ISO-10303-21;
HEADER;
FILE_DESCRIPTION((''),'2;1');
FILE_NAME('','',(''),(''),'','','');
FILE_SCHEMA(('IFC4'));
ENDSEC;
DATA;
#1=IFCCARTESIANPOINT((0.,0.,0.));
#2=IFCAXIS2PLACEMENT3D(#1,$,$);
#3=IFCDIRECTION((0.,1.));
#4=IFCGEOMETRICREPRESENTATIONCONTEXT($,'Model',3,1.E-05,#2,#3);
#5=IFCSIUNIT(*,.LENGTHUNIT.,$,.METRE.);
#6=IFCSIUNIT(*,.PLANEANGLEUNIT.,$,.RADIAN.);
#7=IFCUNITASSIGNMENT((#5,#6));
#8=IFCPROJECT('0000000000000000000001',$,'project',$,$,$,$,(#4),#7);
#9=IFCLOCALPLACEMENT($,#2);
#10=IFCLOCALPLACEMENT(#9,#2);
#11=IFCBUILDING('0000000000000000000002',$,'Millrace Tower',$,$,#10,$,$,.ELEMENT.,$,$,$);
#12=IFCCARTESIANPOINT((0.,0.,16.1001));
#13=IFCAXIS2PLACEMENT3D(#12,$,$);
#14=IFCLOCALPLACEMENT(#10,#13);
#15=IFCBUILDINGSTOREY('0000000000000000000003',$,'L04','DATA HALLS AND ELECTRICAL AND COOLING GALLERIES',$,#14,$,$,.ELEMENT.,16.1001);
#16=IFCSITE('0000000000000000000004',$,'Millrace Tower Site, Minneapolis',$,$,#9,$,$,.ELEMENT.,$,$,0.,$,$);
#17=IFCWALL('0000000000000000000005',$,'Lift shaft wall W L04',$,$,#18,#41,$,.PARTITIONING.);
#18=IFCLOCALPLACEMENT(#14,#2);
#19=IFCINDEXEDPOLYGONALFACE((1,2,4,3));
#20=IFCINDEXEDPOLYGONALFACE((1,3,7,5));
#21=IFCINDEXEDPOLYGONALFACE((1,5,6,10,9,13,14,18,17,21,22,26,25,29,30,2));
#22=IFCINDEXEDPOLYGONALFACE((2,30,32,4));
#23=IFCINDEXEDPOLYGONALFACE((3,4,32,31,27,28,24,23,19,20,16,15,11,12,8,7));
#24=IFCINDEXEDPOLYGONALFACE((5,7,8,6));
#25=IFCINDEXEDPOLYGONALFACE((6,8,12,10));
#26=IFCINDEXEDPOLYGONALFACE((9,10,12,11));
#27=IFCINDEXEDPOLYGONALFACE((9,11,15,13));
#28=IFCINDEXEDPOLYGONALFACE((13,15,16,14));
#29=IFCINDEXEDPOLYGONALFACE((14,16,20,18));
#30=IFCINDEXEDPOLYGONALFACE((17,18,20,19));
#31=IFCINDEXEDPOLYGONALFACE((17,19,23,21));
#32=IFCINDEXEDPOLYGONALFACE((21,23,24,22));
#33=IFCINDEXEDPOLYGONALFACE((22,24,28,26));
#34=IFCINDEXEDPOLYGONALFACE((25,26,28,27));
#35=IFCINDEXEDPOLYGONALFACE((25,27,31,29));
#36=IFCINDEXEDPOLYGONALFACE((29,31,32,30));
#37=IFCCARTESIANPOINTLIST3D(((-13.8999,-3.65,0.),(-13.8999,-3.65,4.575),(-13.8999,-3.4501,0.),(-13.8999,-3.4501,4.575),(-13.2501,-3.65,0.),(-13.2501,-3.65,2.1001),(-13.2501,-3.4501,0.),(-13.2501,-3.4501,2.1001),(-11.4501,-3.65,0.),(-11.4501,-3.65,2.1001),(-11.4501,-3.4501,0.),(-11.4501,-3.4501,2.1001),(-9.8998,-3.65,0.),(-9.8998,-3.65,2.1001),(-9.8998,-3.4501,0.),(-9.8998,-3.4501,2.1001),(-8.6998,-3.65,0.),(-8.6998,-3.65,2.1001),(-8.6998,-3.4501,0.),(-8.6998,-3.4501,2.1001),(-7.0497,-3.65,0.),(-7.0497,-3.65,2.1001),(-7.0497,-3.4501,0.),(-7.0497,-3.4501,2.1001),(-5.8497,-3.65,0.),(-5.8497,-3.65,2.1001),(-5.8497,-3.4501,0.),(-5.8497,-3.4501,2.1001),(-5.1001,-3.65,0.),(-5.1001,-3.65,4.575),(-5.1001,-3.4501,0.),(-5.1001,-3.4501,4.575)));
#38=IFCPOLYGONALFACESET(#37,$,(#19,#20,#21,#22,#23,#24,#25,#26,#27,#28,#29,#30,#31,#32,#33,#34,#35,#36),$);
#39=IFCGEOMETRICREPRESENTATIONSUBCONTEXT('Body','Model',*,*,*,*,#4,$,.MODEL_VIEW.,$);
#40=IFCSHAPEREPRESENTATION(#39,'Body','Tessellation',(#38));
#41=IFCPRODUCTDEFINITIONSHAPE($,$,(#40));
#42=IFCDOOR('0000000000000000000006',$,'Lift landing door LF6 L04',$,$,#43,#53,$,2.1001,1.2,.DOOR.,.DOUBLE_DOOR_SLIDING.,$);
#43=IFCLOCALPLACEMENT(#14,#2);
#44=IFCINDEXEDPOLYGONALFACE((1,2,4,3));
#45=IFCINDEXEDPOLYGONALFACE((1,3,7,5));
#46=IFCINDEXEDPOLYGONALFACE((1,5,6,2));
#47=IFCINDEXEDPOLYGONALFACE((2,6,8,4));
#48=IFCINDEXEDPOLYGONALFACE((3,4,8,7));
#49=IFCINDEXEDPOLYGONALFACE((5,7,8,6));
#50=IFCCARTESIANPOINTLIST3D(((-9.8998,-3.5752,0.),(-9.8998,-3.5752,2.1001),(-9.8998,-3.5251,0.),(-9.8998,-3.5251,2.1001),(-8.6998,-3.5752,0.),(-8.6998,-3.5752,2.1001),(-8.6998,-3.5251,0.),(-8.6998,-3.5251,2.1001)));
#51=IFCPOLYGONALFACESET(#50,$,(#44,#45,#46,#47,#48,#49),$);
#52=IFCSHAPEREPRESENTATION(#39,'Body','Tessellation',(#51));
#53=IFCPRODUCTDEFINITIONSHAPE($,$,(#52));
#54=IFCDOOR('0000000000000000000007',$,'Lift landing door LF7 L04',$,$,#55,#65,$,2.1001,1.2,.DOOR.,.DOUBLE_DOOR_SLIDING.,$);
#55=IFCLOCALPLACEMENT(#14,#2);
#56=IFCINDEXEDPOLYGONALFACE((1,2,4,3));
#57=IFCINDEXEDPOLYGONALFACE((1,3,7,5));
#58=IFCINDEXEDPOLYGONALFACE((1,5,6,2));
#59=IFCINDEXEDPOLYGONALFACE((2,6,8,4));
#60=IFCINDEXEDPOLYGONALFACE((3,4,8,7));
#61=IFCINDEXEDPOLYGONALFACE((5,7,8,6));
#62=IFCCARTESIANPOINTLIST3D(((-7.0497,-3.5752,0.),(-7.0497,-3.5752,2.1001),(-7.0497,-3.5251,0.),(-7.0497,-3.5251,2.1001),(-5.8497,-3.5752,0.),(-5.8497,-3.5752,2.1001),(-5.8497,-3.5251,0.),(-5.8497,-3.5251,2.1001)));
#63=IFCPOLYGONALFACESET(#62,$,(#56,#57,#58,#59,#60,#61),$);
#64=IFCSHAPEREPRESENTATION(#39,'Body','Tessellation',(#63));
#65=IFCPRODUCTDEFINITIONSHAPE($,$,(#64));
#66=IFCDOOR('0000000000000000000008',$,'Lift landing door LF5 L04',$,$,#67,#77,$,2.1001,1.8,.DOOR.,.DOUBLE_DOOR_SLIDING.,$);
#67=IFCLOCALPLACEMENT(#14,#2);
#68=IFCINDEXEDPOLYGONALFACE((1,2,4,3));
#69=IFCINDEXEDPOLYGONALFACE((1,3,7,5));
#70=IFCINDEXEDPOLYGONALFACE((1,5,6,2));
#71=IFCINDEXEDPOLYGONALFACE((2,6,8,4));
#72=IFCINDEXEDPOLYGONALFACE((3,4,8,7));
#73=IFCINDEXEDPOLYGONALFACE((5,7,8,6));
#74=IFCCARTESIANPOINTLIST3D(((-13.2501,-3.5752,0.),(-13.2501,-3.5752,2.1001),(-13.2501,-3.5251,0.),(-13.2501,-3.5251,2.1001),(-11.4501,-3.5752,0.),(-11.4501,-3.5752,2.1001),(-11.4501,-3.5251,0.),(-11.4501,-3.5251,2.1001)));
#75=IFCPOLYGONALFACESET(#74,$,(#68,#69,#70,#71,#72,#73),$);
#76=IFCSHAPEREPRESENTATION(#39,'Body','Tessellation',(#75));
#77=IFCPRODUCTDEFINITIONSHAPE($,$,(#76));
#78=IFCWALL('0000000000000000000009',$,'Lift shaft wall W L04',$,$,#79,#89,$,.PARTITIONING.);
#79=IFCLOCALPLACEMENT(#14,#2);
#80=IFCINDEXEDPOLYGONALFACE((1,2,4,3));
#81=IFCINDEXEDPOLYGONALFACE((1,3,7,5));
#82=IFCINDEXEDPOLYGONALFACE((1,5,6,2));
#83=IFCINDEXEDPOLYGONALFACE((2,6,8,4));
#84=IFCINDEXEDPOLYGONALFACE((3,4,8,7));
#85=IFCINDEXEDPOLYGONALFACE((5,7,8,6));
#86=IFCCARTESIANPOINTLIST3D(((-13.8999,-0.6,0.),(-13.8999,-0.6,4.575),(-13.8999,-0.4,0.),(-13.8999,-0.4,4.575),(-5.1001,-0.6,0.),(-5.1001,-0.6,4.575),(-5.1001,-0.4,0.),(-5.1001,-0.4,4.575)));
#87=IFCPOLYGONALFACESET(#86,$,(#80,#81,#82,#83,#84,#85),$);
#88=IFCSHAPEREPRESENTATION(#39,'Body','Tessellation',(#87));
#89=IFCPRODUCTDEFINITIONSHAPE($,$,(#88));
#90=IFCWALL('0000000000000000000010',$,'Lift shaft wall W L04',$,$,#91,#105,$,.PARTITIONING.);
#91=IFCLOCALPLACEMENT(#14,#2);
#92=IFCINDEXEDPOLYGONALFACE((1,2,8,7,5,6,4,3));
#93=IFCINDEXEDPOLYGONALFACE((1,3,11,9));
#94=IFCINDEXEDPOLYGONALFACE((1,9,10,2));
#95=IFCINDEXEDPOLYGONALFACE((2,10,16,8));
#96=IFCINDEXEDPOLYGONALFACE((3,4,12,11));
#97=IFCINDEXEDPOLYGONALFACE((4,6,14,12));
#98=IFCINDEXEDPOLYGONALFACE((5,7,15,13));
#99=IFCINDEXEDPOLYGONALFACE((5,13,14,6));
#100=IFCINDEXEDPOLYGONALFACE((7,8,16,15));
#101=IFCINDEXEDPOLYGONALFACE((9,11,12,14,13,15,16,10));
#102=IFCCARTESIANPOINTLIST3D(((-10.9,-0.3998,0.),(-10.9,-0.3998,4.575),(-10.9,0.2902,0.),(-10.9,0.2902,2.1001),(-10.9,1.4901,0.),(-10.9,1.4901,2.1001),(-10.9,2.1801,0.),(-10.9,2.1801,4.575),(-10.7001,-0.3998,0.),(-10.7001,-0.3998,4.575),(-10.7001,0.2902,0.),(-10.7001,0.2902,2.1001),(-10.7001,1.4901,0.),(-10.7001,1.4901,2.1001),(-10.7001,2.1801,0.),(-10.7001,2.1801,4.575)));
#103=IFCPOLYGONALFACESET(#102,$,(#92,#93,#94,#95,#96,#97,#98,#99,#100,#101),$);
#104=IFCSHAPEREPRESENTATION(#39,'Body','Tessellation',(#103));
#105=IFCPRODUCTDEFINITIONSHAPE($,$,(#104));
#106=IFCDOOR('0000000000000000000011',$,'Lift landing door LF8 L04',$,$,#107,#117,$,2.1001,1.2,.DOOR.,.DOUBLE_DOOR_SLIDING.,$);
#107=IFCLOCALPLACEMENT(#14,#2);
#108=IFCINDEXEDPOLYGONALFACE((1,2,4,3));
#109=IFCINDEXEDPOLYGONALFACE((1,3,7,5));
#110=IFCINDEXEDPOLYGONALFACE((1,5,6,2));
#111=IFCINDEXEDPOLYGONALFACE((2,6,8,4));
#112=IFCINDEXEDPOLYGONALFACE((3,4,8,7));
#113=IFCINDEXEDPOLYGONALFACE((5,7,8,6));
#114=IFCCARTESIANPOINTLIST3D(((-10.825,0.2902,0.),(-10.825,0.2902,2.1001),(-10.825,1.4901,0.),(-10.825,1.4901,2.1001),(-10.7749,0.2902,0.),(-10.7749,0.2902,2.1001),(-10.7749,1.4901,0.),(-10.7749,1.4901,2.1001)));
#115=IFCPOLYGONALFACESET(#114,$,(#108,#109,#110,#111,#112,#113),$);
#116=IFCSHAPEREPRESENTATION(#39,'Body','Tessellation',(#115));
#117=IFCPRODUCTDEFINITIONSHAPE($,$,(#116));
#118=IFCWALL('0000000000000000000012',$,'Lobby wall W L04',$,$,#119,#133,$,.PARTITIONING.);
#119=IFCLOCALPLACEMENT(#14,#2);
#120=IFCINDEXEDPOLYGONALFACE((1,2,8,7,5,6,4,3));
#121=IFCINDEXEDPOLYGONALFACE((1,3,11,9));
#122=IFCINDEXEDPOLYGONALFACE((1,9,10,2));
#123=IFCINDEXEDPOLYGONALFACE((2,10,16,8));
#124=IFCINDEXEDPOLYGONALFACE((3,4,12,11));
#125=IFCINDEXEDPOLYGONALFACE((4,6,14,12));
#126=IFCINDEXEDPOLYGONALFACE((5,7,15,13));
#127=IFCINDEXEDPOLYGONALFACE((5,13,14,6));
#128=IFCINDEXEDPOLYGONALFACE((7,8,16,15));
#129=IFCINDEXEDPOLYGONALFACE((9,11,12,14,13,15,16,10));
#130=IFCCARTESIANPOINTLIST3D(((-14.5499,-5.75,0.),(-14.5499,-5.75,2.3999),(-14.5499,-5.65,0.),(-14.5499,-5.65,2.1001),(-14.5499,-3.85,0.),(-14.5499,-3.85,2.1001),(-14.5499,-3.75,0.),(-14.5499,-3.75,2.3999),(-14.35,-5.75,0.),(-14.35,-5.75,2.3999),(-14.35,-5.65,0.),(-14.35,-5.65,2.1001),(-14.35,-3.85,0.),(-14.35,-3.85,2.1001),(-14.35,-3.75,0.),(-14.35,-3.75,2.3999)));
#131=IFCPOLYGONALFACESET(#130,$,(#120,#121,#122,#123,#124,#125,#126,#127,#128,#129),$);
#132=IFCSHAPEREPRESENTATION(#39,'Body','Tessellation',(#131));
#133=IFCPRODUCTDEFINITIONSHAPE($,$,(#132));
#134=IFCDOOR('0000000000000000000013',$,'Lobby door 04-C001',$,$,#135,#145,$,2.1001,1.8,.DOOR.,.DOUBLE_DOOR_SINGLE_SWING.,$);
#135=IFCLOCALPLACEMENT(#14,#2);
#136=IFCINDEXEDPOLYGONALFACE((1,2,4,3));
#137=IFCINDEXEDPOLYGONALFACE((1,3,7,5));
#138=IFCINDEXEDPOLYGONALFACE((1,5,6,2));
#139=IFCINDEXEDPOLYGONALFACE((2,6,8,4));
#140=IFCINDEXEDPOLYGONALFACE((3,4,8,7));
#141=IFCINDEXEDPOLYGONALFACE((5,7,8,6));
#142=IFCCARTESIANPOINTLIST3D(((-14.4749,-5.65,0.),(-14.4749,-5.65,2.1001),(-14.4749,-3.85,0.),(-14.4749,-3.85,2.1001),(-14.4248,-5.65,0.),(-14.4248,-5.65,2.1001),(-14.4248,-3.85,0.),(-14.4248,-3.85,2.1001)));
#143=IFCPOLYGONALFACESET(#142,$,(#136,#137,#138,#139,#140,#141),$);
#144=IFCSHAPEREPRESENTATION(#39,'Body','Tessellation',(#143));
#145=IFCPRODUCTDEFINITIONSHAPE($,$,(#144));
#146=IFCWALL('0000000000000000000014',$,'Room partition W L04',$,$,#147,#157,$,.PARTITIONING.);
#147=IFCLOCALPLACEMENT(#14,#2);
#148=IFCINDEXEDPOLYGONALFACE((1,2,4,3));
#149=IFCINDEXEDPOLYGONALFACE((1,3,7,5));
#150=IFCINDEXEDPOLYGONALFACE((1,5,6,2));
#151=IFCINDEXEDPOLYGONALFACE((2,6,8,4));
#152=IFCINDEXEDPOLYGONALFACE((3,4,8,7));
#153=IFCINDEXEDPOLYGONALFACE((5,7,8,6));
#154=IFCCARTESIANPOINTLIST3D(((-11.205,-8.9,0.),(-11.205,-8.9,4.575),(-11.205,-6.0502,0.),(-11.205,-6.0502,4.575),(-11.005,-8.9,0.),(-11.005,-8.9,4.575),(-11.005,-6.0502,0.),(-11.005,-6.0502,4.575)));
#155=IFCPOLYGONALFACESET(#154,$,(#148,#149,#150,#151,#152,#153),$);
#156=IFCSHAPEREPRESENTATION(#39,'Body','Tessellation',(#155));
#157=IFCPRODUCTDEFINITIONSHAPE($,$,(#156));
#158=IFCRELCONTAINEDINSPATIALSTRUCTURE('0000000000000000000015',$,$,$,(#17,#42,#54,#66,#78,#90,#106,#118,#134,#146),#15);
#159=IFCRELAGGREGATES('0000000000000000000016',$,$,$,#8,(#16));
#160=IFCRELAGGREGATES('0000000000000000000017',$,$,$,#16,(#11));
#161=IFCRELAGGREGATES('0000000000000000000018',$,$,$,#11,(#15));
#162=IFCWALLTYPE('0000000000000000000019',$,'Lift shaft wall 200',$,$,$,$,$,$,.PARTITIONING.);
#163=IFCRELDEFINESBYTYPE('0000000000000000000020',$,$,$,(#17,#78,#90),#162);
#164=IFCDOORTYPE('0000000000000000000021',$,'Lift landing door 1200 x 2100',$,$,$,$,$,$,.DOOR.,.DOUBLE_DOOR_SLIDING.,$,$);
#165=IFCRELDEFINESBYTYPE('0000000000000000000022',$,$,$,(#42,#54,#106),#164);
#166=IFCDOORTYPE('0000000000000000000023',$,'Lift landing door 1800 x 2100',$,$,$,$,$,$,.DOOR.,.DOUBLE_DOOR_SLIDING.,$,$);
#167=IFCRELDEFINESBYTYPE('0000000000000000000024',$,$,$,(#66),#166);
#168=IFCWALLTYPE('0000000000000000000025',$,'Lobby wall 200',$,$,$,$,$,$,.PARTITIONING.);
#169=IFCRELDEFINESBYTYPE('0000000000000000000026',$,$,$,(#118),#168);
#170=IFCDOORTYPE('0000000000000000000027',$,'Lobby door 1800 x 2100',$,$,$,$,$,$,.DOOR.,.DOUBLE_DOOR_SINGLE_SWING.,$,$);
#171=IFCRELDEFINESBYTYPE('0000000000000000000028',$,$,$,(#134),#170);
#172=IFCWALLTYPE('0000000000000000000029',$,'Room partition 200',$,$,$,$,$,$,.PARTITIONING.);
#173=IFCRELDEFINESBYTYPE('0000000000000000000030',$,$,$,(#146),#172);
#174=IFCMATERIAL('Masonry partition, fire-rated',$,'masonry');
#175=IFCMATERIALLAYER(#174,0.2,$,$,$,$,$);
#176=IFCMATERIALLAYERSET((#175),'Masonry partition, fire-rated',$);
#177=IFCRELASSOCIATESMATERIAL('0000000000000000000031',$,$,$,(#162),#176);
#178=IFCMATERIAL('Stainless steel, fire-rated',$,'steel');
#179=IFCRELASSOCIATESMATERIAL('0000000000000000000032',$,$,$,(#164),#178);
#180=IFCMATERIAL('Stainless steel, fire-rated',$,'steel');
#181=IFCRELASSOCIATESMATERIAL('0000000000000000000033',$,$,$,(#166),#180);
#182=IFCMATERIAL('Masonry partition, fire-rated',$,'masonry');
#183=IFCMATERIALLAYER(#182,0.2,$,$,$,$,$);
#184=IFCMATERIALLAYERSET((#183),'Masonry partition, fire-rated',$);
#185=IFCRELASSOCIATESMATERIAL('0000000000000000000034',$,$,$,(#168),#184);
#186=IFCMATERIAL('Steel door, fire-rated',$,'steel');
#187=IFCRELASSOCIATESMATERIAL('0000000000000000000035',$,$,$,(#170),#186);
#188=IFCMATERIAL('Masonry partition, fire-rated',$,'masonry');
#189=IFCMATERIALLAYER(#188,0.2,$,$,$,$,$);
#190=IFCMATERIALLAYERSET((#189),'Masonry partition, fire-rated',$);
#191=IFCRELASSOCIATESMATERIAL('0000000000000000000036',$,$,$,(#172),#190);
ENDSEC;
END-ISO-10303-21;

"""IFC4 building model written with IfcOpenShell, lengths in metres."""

from ifc_helpers import new_model, si_unit, direction, frame, frame_2d, origin, place, context, subcontext, project, spatial, rectangle, extrude, material, layer, layer_set, type_object, element, fill, save


model = new_model("IFC4")

# Units and contexts
model_context = context("Model", 3, precision=1e-05, world=origin(), true_north=direction((0.0, 1.0)))
body_context = subcontext(model_context, "Body", "Model", "MODEL_VIEW")
ifc_project = project(units=[si_unit("LENGTHUNIT", "METRE"), si_unit("PLANEANGLEUNIT", "RADIAN")], contexts=[model_context])

# Site, building, storey
site_placement = place(None, origin())
site = spatial("IfcSite", under=ifc_project, at=site_placement, Name="Millrace Tower Site, Minneapolis", CompositionType="ELEMENT", RefElevation=0.0)
building_placement = place(site_placement, origin())
building = spatial("IfcBuilding", under=site, at=building_placement, Name="Millrace Tower", CompositionType="ELEMENT")
storey_placement = place(building_placement, frame((0.0, 0.0, 16.1001)))
storey = spatial("IfcBuildingStorey", under=building, at=storey_placement, Name="L04", Description="DATA HALLS AND ELECTRICAL AND COOLING GALLERIES", CompositionType="ELEMENT", Elevation=16.1001)

# Wall, openings, doors
ifc_material_1 = material(Name="Masonry partition, fire-rated", Category="masonry")
ifc_layer_1 = layer(ifc_material_1, 0.2)
ifc_layer_set_1 = layer_set([ifc_layer_1], Name="Masonry partition, fire-rated")
wall_type_1 = type_object("IfcWallType", Name="Lift shaft wall 200", PredefinedType="PARTITIONING", material=ifc_layer_set_1)
wall_1_placement = place(storey_placement, frame((-13.8999, -3.55, 0.0), z_axis=(0.0, 0.0, 1.0), x_axis=(1.0, 0.0, 0.0)))
wall_1 = element("IfcWall", 1, at=wall_1_placement, inside=storey, type_object=wall_type_1, Name="Lift shaft wall W L04", PredefinedType="PARTITIONING", context=body_context, shape_type="SweptSolid", body=[
    extrude(rectangle(XDim=8.7998, YDim=0.2, at=frame_2d((4.3999, 0.0))), origin(), (0.0, 0.0, 1.0), 4.575),
])
opening_1_placement = place(wall_1_placement, frame((0.6499, 0.0, 0.0)))
opening_1 = element("IfcOpeningElement", 2, at=opening_1_placement, cuts=wall_1, PredefinedType="OPENING", context=body_context, shape_type="SweptSolid", body=[
    extrude(rectangle(XDim=1.8, YDim=2.1001, at=frame_2d((0.8999, 1.05))), frame((0.0, 0.1099, 0.0), z_axis=(0.0, -1.0, 0.0), x_axis=(1.0, 0.0, 0.0)), (0.0, 0.0, 1.0), 0.22),
])
opening_2_placement = place(wall_1_placement, frame((4.0, 0.0, 0.0)))
opening_2 = element("IfcOpeningElement", 3, at=opening_2_placement, cuts=wall_1, PredefinedType="OPENING", context=body_context, shape_type="SweptSolid", body=[
    extrude(rectangle(XDim=1.2, YDim=2.1001, at=frame_2d((0.6001, 1.05))), frame((0.0, 0.1099, 0.0), z_axis=(0.0, -1.0, 0.0), x_axis=(1.0, 0.0, 0.0)), (0.0, 0.0, 1.0), 0.22),
])
opening_3_placement = place(wall_1_placement, frame((6.8501, 0.0, 0.0)))
opening_3 = element("IfcOpeningElement", 4, at=opening_3_placement, cuts=wall_1, PredefinedType="OPENING", context=body_context, shape_type="SweptSolid", body=[
    extrude(rectangle(XDim=1.2, YDim=2.1001, at=frame_2d((0.6001, 1.05))), frame((0.0, 0.1099, 0.0), z_axis=(0.0, -1.0, 0.0), x_axis=(1.0, 0.0, 0.0)), (0.0, 0.0, 1.0), 0.22),
])
ifc_material_2 = material(Name="Stainless steel, fire-rated", Category="steel")
door_type_1 = type_object("IfcDoorType", Name="Lift landing door 1200 x 2100", OperationType="DOUBLE_DOOR_SLIDING", PredefinedType="DOOR", material=ifc_material_2)
door_1_placement = place(opening_2_placement, origin())
door_1 = element("IfcDoor", 5, at=door_1_placement, inside=storey, type_object=door_type_1, Name="Lift landing door LF6 L04", OperationType="DOUBLE_DOOR_SLIDING", OverallHeight=2.1001, OverallWidth=1.2, PredefinedType="DOOR", context=body_context, shape_type="SweptSolid", body=[
    extrude(rectangle(XDim=1.2, YDim=2.1001, at=frame_2d((0.6001, 1.05))), frame((0.0, 0.0249, 0.0), z_axis=(0.0, -1.0, 0.0), x_axis=(1.0, 0.0, 0.0)), (0.0, 0.0, 1.0), 0.05),
])
fill(opening_2, door_1)
door_2_placement = place(opening_3_placement, origin())
door_2 = element("IfcDoor", 6, at=door_2_placement, inside=storey, type_object=door_type_1, Name="Lift landing door LF7 L04", OperationType="DOUBLE_DOOR_SLIDING", OverallHeight=2.1001, OverallWidth=1.2, PredefinedType="DOOR", context=body_context, shape_type="SweptSolid", body=[
    extrude(rectangle(XDim=1.2, YDim=2.1001, at=frame_2d((0.6001, 1.05))), frame((0.0, 0.0249, 0.0), z_axis=(0.0, -1.0, 0.0), x_axis=(1.0, 0.0, 0.0)), (0.0, 0.0, 1.0), 0.05),
])
fill(opening_3, door_2)
ifc_material_3 = material(Name="Stainless steel, fire-rated", Category="steel")
door_type_2 = type_object("IfcDoorType", Name="Lift landing door 1800 x 2100", OperationType="DOUBLE_DOOR_SLIDING", PredefinedType="DOOR", material=ifc_material_3)
door_3_placement = place(opening_1_placement, origin())
door_3 = element("IfcDoor", 7, at=door_3_placement, inside=storey, type_object=door_type_2, Name="Lift landing door LF5 L04", OperationType="DOUBLE_DOOR_SLIDING", OverallHeight=2.1001, OverallWidth=1.8, PredefinedType="DOOR", context=body_context, shape_type="SweptSolid", body=[
    extrude(rectangle(XDim=1.8, YDim=2.1001, at=frame_2d((0.8999, 1.05))), frame((0.0, 0.0249, 0.0), z_axis=(0.0, -1.0, 0.0), x_axis=(1.0, 0.0, 0.0)), (0.0, 0.0, 1.0), 0.05),
])
fill(opening_1, door_3)

# Wall
wall_2_placement = place(storey_placement, frame((-13.8999, -0.5, 0.0), z_axis=(0.0, 0.0, 1.0), x_axis=(1.0, 0.0, 0.0)))
element("IfcWall", 8, at=wall_2_placement, inside=storey, type_object=wall_type_1, Name="Lift shaft wall W L04", PredefinedType="PARTITIONING", context=body_context, shape_type="SweptSolid", body=[
    extrude(rectangle(XDim=8.7998, YDim=0.2, at=frame_2d((4.3999, 0.0))), origin(), (0.0, 0.0, 1.0), 4.575),
])

# Walls, openings, doors
wall_3_placement = place(storey_placement, frame((-10.8, -0.3999, 0.0), z_axis=(0.0, 0.0, 1.0), x_axis=(0.0, 1.0, 0.0)))
wall_3 = element("IfcWall", 9, at=wall_3_placement, inside=storey, type_object=wall_type_1, Name="Lift shaft wall W L04", PredefinedType="PARTITIONING", context=body_context, shape_type="SweptSolid", body=[
    extrude(rectangle(XDim=2.5798, YDim=0.2, at=frame_2d((1.29, 0.0))), origin(), (0.0, 0.0, 1.0), 4.575),
])
opening_4_placement = place(wall_3_placement, frame((0.6899, 0.0, 0.0)))
opening_4 = element("IfcOpeningElement", 10, at=opening_4_placement, cuts=wall_3, PredefinedType="OPENING", context=body_context, shape_type="SweptSolid", body=[
    extrude(rectangle(XDim=1.2, YDim=2.1001, at=frame_2d((0.6001, 1.05))), frame((0.0, 0.1099, 0.0), z_axis=(0.0, -1.0, 0.0), x_axis=(1.0, 0.0, 0.0)), (0.0, 0.0, 1.0), 0.22),
])
door_4_placement = place(opening_4_placement, origin())
door_4 = element("IfcDoor", 11, at=door_4_placement, inside=storey, type_object=door_type_1, Name="Lift landing door LF8 L04", OperationType="DOUBLE_DOOR_SLIDING", OverallHeight=2.1001, OverallWidth=1.2, PredefinedType="DOOR", context=body_context, shape_type="SweptSolid", body=[
    extrude(rectangle(XDim=1.2, YDim=2.1001, at=frame_2d((0.6001, 1.05))), frame((0.0, 0.0249, 0.0), z_axis=(0.0, -1.0, 0.0), x_axis=(1.0, 0.0, 0.0)), (0.0, 0.0, 1.0), 0.05),
])
fill(opening_4, door_4)
ifc_material_4 = material(Name="Masonry partition, fire-rated", Category="masonry")
ifc_layer_2 = layer(ifc_material_4, 0.2)
ifc_layer_set_2 = layer_set([ifc_layer_2], Name="Masonry partition, fire-rated")
wall_type_2 = type_object("IfcWallType", Name="Lobby wall 200", PredefinedType="PARTITIONING", material=ifc_layer_set_2)
wall_4_placement = place(storey_placement, frame((-14.45, -5.75, 0.0), z_axis=(0.0, 0.0, 1.0), x_axis=(0.0, 1.0, 0.0)))
wall_4 = element("IfcWall", 12, at=wall_4_placement, inside=storey, type_object=wall_type_2, Name="Lobby wall W L04", PredefinedType="PARTITIONING", context=body_context, shape_type="SweptSolid", body=[
    extrude(rectangle(XDim=2.0, YDim=0.2, at=frame_2d((1.0, 0.0))), origin(), (0.0, 0.0, 1.0), 2.3999),
])
opening_5_placement = place(wall_4_placement, frame((0.1001, 0.0, 0.0)))
opening_5 = element("IfcOpeningElement", 13, at=opening_5_placement, cuts=wall_4, PredefinedType="OPENING", context=body_context, shape_type="SweptSolid", body=[
    extrude(rectangle(XDim=1.8, YDim=2.1001, at=frame_2d((0.8999, 1.05))), frame((0.0, 0.1099, 0.0), z_axis=(0.0, -1.0, 0.0), x_axis=(1.0, 0.0, 0.0)), (0.0, 0.0, 1.0), 0.22),
])
ifc_material_5 = material(Name="Steel door, fire-rated", Category="steel")
door_type_3 = type_object("IfcDoorType", Name="Lobby door 1800 x 2100", OperationType="DOUBLE_DOOR_SINGLE_SWING", PredefinedType="DOOR", material=ifc_material_5)
door_5_placement = place(opening_5_placement, origin())
door_5 = element("IfcDoor", 14, at=door_5_placement, inside=storey, type_object=door_type_3, Name="Lobby door 04-C001", OperationType="DOUBLE_DOOR_SINGLE_SWING", OverallHeight=2.1001, OverallWidth=1.8, PredefinedType="DOOR", context=body_context, shape_type="SweptSolid", body=[
    extrude(rectangle(XDim=1.8, YDim=2.1001, at=frame_2d((0.8999, 1.05))), frame((0.0, 0.0249, 0.0), z_axis=(0.0, -1.0, 0.0), x_axis=(1.0, 0.0, 0.0)), (0.0, 0.0, 1.0), 0.05),
])
fill(opening_5, door_5)

# Wall
ifc_material_6 = material(Name="Masonry partition, fire-rated", Category="masonry")
ifc_layer_3 = layer(ifc_material_6, 0.2)
ifc_layer_set_3 = layer_set([ifc_layer_3], Name="Masonry partition, fire-rated")
wall_type_3 = type_object("IfcWallType", Name="Room partition 200", PredefinedType="PARTITIONING", material=ifc_layer_set_3)
wall_5_placement = place(storey_placement, frame((-11.105, -8.8999, 0.0), z_axis=(0.0, 0.0, 1.0), x_axis=(0.0, 1.0, 0.0)))
element("IfcWall", 15, at=wall_5_placement, inside=storey, type_object=wall_type_3, Name="Room partition W L04", PredefinedType="PARTITIONING", context=body_context, shape_type="SweptSolid", body=[
    extrude(rectangle(XDim=2.8499, YDim=0.2, at=frame_2d((1.4248, 0.0))), origin(), (0.0, 0.0, 1.0), 4.575),
])

save(model, "model.ifc")
